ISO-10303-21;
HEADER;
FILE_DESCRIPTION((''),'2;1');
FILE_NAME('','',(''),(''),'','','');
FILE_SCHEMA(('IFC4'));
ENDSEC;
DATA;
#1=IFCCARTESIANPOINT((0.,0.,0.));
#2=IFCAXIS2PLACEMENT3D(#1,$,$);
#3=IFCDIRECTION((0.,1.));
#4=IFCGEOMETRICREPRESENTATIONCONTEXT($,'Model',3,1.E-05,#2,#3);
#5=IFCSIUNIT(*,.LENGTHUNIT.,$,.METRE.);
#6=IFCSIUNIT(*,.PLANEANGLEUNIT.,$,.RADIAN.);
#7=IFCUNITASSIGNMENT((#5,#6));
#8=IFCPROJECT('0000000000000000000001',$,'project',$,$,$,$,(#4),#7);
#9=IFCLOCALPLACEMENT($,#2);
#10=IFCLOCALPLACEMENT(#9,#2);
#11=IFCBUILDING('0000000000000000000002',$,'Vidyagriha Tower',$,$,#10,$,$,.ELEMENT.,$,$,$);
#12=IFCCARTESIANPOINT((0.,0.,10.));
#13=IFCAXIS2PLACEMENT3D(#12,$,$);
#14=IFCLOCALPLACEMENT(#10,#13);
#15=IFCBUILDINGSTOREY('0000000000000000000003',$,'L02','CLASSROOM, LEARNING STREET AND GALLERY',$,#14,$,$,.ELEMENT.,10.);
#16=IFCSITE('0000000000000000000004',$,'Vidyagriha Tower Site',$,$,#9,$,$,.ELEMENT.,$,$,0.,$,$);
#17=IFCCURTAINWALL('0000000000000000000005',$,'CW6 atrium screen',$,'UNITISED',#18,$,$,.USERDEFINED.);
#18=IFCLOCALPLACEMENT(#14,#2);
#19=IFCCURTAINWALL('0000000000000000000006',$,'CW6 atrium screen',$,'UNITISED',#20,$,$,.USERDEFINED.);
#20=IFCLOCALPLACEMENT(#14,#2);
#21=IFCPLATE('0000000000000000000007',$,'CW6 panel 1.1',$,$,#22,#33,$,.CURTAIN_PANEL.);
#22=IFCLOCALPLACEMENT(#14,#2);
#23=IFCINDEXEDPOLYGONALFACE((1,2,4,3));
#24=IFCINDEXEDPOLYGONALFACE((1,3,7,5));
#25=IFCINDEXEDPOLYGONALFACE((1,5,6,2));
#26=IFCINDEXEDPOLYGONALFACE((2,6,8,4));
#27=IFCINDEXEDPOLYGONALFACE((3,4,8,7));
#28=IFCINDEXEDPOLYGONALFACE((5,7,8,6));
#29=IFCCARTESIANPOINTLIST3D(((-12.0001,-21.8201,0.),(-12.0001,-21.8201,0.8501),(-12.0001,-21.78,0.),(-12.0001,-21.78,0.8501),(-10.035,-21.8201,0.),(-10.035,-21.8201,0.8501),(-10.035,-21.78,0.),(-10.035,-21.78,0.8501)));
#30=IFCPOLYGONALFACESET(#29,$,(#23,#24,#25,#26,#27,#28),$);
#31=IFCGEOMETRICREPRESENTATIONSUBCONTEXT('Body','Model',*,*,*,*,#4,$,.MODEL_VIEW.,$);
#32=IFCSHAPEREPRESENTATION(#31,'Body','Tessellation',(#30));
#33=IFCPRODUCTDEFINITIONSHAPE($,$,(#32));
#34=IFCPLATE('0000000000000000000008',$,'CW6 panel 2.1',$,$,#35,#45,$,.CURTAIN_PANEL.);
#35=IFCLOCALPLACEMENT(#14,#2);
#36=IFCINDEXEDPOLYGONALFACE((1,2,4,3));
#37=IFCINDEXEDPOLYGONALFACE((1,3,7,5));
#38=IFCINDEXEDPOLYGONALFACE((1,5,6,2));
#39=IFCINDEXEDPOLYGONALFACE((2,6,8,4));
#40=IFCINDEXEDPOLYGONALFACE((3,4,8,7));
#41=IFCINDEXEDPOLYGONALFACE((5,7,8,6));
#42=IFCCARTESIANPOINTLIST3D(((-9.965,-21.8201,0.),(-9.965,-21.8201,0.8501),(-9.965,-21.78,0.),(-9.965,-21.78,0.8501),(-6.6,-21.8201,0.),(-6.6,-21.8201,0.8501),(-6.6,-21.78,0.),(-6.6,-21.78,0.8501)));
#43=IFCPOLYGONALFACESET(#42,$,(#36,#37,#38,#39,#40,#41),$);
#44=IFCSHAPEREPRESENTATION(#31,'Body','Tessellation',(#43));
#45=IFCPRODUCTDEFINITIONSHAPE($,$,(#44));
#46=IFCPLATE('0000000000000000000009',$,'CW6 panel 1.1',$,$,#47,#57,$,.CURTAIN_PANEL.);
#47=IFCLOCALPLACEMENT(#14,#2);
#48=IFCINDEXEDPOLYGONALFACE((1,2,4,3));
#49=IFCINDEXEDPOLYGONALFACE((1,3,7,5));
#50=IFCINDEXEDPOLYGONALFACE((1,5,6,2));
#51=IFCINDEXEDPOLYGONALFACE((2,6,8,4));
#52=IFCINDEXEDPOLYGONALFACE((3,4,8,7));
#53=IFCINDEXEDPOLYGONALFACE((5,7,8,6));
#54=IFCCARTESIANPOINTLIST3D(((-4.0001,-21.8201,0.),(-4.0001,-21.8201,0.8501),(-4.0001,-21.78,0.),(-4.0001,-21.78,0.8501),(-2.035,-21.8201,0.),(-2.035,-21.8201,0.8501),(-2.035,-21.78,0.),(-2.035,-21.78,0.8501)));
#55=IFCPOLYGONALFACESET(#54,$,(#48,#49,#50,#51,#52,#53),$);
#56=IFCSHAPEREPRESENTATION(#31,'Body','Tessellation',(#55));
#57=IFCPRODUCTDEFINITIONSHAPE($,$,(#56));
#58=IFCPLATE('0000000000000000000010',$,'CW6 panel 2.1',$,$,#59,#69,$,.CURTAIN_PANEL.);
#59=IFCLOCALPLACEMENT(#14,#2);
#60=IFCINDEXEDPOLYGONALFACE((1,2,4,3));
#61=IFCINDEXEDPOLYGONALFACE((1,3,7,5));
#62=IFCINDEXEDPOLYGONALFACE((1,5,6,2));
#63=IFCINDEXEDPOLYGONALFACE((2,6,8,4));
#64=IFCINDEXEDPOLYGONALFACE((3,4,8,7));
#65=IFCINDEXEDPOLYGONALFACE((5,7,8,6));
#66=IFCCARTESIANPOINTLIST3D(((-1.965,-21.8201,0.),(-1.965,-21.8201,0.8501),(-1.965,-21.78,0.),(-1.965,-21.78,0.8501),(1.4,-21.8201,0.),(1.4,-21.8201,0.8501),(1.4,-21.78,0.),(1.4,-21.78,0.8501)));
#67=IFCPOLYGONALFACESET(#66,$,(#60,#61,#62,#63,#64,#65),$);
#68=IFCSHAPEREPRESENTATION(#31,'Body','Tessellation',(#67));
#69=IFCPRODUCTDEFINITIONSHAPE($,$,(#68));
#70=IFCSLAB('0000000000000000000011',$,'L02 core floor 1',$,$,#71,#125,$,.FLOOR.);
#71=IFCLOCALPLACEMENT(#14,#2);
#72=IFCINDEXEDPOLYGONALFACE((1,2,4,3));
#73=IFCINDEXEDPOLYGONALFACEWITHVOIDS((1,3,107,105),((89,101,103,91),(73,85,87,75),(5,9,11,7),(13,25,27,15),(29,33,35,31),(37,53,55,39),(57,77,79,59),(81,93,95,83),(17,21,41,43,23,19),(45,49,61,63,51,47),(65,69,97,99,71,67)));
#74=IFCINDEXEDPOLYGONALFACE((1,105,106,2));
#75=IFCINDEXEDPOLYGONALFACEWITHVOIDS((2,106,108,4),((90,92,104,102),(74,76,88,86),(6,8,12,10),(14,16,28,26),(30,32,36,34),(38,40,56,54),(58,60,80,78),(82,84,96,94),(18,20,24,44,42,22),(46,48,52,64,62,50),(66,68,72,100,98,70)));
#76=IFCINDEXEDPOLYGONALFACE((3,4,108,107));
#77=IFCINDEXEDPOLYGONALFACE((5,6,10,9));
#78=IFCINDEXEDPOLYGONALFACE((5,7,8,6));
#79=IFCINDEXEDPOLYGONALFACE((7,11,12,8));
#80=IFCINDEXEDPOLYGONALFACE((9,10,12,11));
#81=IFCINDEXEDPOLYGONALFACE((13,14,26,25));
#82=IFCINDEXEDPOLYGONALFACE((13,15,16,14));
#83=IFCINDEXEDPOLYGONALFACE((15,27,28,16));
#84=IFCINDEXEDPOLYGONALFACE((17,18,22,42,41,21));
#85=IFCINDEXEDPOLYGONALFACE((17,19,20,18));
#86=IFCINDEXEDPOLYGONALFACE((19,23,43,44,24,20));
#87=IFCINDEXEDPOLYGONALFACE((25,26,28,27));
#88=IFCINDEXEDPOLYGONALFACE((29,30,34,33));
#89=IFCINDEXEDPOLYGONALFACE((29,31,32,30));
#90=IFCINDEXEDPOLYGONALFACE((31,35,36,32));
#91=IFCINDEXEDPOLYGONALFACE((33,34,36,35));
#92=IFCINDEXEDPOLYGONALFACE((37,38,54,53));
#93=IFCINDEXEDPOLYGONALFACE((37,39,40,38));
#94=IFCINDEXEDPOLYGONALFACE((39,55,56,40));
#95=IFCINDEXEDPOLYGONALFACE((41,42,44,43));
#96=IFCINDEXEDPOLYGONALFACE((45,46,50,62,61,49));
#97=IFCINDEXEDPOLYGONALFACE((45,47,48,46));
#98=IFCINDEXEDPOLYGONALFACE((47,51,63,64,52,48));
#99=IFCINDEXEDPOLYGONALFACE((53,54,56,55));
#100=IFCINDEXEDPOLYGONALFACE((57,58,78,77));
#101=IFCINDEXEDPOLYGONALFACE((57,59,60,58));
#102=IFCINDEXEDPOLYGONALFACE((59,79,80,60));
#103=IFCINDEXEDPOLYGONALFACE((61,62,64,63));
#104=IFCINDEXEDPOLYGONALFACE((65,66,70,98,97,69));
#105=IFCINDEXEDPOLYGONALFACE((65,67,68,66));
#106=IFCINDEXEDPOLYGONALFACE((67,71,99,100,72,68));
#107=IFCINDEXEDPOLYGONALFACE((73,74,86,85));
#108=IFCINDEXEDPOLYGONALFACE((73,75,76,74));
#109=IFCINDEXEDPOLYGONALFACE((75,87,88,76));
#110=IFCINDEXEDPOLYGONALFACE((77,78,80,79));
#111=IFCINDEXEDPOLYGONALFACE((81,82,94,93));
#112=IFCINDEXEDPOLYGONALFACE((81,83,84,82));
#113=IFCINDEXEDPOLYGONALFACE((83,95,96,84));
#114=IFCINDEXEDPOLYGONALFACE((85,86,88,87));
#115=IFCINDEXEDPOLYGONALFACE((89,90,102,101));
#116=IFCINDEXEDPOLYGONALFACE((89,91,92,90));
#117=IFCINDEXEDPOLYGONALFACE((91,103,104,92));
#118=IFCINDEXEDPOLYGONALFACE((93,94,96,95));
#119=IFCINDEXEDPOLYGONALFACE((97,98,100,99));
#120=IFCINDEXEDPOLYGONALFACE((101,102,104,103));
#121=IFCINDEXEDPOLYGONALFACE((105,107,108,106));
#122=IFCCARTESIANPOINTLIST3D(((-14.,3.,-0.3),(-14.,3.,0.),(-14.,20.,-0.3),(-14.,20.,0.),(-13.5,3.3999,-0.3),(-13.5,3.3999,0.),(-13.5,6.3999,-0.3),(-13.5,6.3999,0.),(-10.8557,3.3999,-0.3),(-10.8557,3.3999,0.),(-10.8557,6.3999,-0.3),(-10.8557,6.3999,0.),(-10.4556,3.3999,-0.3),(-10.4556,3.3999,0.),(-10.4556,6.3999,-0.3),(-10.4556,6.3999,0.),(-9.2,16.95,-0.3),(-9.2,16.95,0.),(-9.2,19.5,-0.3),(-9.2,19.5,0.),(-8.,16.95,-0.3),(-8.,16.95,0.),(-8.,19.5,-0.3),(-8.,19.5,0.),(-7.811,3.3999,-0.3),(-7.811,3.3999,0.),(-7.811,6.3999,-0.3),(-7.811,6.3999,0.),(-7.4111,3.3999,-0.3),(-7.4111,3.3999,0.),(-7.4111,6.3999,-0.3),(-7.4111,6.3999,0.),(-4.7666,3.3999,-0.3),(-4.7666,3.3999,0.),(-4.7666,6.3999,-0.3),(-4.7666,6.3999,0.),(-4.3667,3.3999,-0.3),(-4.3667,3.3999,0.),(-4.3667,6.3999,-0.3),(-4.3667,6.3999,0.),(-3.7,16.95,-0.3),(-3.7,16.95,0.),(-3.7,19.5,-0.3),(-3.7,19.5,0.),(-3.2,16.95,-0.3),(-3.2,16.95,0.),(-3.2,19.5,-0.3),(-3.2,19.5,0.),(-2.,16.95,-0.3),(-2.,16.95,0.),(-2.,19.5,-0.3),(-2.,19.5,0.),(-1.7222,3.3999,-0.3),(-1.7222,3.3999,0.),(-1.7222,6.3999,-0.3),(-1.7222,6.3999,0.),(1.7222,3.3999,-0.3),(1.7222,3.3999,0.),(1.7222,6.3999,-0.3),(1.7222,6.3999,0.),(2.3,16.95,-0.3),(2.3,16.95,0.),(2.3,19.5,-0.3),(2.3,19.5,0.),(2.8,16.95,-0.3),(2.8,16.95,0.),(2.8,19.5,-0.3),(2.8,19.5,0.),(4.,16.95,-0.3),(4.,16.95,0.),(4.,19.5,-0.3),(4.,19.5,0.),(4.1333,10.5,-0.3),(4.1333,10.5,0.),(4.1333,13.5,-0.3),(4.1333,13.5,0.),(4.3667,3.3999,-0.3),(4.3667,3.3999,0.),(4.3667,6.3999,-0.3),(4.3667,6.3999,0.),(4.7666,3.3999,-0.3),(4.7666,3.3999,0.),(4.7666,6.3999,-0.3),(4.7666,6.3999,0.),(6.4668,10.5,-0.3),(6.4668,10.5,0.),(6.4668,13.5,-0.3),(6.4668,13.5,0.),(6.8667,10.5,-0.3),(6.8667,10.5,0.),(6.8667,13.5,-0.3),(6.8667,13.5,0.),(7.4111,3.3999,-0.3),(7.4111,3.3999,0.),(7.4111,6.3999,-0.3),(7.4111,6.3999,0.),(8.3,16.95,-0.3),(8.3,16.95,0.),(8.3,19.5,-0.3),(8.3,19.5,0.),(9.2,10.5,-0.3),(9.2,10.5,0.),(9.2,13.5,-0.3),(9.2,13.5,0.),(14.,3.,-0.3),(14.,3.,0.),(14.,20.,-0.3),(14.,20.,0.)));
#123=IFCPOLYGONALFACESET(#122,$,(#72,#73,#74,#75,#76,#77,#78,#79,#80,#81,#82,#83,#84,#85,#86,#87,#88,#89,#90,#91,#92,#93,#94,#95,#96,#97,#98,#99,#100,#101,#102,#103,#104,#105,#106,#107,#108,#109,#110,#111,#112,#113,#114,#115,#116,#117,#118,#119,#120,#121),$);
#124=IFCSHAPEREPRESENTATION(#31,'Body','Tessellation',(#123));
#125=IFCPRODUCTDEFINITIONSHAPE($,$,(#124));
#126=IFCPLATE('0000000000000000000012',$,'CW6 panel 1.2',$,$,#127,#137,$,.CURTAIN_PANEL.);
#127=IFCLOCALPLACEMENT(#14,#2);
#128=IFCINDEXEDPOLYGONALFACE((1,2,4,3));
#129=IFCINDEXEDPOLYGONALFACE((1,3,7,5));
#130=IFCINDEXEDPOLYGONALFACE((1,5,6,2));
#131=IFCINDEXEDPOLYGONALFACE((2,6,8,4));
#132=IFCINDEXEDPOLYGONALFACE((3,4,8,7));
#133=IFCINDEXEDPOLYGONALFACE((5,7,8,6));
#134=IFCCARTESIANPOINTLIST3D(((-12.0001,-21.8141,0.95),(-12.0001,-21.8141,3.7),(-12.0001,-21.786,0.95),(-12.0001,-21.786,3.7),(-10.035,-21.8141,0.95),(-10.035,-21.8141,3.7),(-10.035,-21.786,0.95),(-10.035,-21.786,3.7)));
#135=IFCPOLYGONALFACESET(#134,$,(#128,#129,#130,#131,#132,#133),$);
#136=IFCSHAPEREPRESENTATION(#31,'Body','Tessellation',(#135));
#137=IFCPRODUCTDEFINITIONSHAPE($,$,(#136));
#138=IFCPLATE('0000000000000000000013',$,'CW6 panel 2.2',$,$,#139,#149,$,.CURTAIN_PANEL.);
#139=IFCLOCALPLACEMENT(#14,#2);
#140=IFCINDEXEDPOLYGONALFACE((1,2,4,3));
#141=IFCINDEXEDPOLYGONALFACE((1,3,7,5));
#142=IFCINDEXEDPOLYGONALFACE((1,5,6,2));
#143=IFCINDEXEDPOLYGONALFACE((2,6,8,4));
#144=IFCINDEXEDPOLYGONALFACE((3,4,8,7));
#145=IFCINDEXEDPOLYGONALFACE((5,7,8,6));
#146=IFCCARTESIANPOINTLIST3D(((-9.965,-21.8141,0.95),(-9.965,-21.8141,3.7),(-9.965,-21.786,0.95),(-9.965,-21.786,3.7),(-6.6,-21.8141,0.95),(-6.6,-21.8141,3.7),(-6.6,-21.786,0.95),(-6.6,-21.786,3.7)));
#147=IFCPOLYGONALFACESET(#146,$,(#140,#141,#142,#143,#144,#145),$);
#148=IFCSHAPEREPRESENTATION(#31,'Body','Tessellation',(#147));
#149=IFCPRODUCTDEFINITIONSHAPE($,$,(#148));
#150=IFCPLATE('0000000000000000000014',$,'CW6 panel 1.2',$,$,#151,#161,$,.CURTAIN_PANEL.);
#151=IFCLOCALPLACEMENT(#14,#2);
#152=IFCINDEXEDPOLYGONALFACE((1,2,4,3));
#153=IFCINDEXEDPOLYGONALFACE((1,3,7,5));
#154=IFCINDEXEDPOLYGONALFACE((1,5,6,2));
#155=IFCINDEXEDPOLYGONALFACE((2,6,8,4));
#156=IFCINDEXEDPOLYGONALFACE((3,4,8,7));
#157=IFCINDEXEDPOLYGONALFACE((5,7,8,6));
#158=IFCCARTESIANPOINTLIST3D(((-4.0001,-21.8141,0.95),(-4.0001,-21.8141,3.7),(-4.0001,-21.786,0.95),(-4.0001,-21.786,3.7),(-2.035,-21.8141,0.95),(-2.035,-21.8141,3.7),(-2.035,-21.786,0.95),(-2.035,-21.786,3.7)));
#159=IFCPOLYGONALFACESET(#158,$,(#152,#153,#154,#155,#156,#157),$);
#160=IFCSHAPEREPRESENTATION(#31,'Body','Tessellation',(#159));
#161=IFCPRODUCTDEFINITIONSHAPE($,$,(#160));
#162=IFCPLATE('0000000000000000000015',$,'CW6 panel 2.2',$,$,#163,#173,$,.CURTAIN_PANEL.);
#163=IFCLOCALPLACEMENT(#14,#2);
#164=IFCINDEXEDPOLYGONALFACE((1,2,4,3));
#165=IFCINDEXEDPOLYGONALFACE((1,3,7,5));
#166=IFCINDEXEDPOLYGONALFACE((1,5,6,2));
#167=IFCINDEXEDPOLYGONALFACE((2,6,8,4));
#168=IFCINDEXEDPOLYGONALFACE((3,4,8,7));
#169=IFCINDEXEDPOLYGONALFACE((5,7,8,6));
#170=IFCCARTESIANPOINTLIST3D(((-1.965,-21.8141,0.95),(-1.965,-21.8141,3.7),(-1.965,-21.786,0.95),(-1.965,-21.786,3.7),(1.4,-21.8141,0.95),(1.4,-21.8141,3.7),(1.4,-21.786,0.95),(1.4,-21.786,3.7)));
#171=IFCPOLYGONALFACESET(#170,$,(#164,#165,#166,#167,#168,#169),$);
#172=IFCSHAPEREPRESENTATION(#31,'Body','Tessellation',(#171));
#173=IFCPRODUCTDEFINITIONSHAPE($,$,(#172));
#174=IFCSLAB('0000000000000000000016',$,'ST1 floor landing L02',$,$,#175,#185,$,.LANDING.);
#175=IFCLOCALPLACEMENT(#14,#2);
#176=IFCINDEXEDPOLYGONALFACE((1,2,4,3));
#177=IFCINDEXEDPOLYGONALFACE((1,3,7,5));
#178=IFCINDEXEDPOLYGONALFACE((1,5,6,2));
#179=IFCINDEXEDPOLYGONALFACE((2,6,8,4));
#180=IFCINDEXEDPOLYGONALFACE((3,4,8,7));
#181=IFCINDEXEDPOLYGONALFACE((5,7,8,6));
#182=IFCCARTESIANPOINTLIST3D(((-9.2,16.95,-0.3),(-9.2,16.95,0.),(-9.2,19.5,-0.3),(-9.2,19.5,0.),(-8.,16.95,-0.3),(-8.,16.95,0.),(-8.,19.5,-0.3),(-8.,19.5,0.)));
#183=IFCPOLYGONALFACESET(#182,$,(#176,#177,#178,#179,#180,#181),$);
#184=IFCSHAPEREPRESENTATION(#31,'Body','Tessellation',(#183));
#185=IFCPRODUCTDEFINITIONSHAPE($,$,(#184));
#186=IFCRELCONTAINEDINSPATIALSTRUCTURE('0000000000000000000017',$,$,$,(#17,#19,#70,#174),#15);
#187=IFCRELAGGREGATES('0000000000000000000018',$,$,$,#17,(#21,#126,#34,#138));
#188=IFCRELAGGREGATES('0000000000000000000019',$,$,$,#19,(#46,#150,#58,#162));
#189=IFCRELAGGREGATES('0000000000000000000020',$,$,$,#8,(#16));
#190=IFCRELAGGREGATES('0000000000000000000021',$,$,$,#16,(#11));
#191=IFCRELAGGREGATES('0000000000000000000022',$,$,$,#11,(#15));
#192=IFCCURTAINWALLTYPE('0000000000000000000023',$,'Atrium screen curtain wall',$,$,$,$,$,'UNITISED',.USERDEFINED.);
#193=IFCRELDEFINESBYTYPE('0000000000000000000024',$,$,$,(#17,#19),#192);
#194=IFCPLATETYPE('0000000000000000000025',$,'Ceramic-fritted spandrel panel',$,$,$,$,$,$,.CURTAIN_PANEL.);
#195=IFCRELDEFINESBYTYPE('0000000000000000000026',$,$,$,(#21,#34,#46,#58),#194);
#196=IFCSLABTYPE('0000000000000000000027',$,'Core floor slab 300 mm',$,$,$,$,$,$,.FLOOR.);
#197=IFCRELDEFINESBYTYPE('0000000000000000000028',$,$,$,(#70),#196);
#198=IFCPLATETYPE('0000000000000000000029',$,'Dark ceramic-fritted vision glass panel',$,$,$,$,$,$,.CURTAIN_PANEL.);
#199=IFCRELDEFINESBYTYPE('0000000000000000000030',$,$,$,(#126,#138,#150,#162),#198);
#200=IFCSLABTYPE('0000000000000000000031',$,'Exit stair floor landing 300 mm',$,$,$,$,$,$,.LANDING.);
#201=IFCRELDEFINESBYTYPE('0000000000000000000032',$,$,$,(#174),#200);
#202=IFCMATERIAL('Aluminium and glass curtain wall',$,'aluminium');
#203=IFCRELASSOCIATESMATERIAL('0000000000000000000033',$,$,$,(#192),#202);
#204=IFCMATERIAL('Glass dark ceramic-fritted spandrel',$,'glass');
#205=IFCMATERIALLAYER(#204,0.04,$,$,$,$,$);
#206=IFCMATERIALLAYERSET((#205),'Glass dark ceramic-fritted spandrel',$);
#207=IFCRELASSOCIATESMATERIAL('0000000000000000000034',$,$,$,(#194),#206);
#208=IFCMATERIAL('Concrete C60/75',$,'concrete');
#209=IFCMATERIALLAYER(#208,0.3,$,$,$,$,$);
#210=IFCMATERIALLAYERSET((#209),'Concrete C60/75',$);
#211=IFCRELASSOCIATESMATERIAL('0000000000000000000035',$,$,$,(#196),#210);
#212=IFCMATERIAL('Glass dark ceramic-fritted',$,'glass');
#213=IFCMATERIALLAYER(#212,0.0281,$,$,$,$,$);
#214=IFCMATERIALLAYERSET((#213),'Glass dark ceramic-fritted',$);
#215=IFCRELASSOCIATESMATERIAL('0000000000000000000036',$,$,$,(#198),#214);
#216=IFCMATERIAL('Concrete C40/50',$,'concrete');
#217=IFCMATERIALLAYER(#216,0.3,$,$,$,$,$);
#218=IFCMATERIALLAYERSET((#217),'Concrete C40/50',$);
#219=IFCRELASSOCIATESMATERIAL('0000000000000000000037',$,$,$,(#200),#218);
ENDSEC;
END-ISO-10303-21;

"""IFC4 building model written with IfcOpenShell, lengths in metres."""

from ifc_helpers import new_model, si_unit, direction, frame, origin, origin_2d, place, context, subcontext, project, spatial, polyline, rectangle, outline, extrude, material, layer, layer_set, type_object, element, aggregate, save


model = new_model("IFC4")

# Units and contexts
model_context = context("Model", 3, precision=1e-05, world=origin(), true_north=direction((0.0, 1.0)))
body_context = subcontext(model_context, "Body", "Model", "MODEL_VIEW")
ifc_project = project(units=[si_unit("LENGTHUNIT", "METRE"), si_unit("PLANEANGLEUNIT", "RADIAN")], contexts=[model_context])

# Site, building, storey
site_placement = place(None, origin())
site = spatial("IfcSite", under=ifc_project, at=site_placement, Name="Vidyagriha Tower Site", CompositionType="ELEMENT", RefElevation=0.0)
building_placement = place(site_placement, origin())
building = spatial("IfcBuilding", under=site, at=building_placement, Name="Vidyagriha Tower", CompositionType="ELEMENT")
storey_placement = place(building_placement, frame((0.0, 0.0, 10.0)))
storey = spatial("IfcBuildingStorey", under=building, at=storey_placement, Name="L02", Description="CLASSROOM, LEARNING STREET AND GALLERY", CompositionType="ELEMENT", Elevation=10.0)

# Curtain wall
ifc_material_1 = material(Name="Aluminium and glass curtain wall", Category="aluminium")
curtain_wall_type = type_object("IfcCurtainWallType", Name="Atrium screen curtain wall", ElementType="UNITISED", PredefinedType="USERDEFINED", material=ifc_material_1)
curtain_wall_1_placement = place(storey_placement, origin())
curtain_wall_1 = element("IfcCurtainWall", 1, at=curtain_wall_1_placement, inside=storey, type_object=curtain_wall_type, Name="CW6 atrium screen", ObjectType="UNITISED", PredefinedType="USERDEFINED")

# Curtain wall
curtain_wall_2_placement = place(storey_placement, origin())
curtain_wall_2 = element("IfcCurtainWall", 2, at=curtain_wall_2_placement, inside=storey, type_object=curtain_wall_type, Name="CW6 atrium screen", ObjectType="UNITISED", PredefinedType="USERDEFINED")

# Plates
ifc_material_2 = material(Name="Glass dark ceramic-fritted spandrel", Category="glass")
ifc_layer_1 = layer(ifc_material_2, 0.04)
ifc_layer_set_1 = layer_set([ifc_layer_1], Name="Glass dark ceramic-fritted spandrel")
plate_type_1 = type_object("IfcPlateType", Name="Ceramic-fritted spandrel panel", PredefinedType="CURTAIN_PANEL", material=ifc_layer_set_1)
plate_1_placement = place(storey_placement, frame((-11.0176, -21.8, 0.0)))
plate_1 = element("IfcPlate", 3, at=plate_1_placement, type_object=plate_type_1, Name="CW6 panel 1.1", PredefinedType="CURTAIN_PANEL", context=body_context, shape_type="SweptSolid", body=[
    extrude(rectangle(XDim=1.9651, YDim=0.04, at=origin_2d()), origin(), (0.0, 0.0, 1.0), 0.8501),
])
plate_2_placement = place(storey_placement, frame((-8.2825, -21.8, 0.0)))
plate_2 = element("IfcPlate", 4, at=plate_2_placement, type_object=plate_type_1, Name="CW6 panel 2.1", PredefinedType="CURTAIN_PANEL", context=body_context, shape_type="SweptSolid", body=[
    extrude(rectangle(XDim=3.365, YDim=0.04, at=origin_2d()), origin(), (0.0, 0.0, 1.0), 0.8501),
])
plate_3_placement = place(storey_placement, frame((-3.0176, -21.8, 0.0)))
plate_3 = element("IfcPlate", 5, at=plate_3_placement, type_object=plate_type_1, Name="CW6 panel 1.1", PredefinedType="CURTAIN_PANEL", context=body_context, shape_type="SweptSolid", body=[
    extrude(rectangle(XDim=1.9651, YDim=0.04, at=origin_2d()), origin(), (0.0, 0.0, 1.0), 0.8501),
])
plate_4_placement = place(storey_placement, frame((-0.2825, -21.8, 0.0)))
plate_4 = element("IfcPlate", 6, at=plate_4_placement, type_object=plate_type_1, Name="CW6 panel 2.1", PredefinedType="CURTAIN_PANEL", context=body_context, shape_type="SweptSolid", body=[
    extrude(rectangle(XDim=3.365, YDim=0.04, at=origin_2d()), origin(), (0.0, 0.0, 1.0), 0.8501),
])

# Slab
ifc_material_3 = material(Name="Concrete C60/75", Category="concrete")
ifc_layer_2 = layer(ifc_material_3, 0.3)
ifc_layer_set_2 = layer_set([ifc_layer_2], Name="Concrete C60/75")
slab_type_1 = type_object("IfcSlabType", Name="Core floor slab 300 mm", PredefinedType="FLOOR", material=ifc_layer_set_2)
slab_1_placement = place(storey_placement, frame((0.0, 0.0, -0.3)))
element("IfcSlab", 7, at=slab_1_placement, inside=storey, type_object=slab_type_1, Name="L02 core floor 1", PredefinedType="FLOOR", context=body_context, shape_type="SweptSolid", body=[
    extrude(outline(polyline([(-14.0, 3.0), (-14.0, 20.0), (14.0, 20.0), (14.0, 3.0), (-14.0, 3.0)]), holes=[polyline([(9.2, 13.5), (6.8667, 13.5), (6.8667, 10.5), (9.2, 10.5), (9.2, 13.5)]), polyline([(4.0, 19.5), (2.8, 19.5), (2.8, 16.95), (4.0, 16.95), (8.3, 16.95), (8.3, 19.5), (4.0, 19.5)]), polyline([(7.4111, 6.3999), (4.7666, 6.3999), (4.7666, 3.3999), (7.4111, 3.3999), (7.4111, 6.3999)]), polyline([(6.4668, 13.5), (4.1333, 13.5), (4.1333, 10.5), (6.4668, 10.5), (6.4668, 13.5)]), polyline([(1.7222, 6.3999), (1.7222, 3.3999), (4.3667, 3.3999), (4.3667, 6.3999), (1.7222, 6.3999)]), polyline([(-2.0, 16.95), (2.3, 16.95), (2.3, 19.5), (-2.0, 19.5), (-3.2, 19.5), (-3.2, 16.95), (-2.0, 16.95)]), polyline([(-1.7222, 6.3999), (-4.3667, 6.3999), (-4.3667, 3.3999), (-1.7222, 3.3999), (-1.7222, 6.3999)]), polyline([(-8.0, 19.5), (-9.2, 19.5), (-9.2, 16.95), (-8.0, 16.95), (-3.7, 16.95), (-3.7, 19.5), (-8.0, 19.5)]), polyline([(-4.7666, 6.3999), (-7.4111, 6.3999), (-7.4111, 3.3999), (-4.7666, 3.3999), (-4.7666, 6.3999)]), polyline([(-7.811, 6.3999), (-10.4556, 6.3999), (-10.4556, 3.3999), (-7.811, 3.3999), (-7.811, 6.3999)]), polyline([(-13.5, 6.3999), (-13.5, 3.3999), (-10.8557, 3.3999), (-10.8557, 6.3999), (-13.5, 6.3999)])]), origin(), (0.0, 0.0, 1.0), 0.3),
])

# Plates
ifc_material_4 = material(Name="Glass dark ceramic-fritted", Category="glass")
ifc_layer_3 = layer(ifc_material_4, 0.0281)
ifc_layer_set_3 = layer_set([ifc_layer_3], Name="Glass dark ceramic-fritted")
plate_type_2 = type_object("IfcPlateType", Name="Dark ceramic-fritted vision glass panel", PredefinedType="CURTAIN_PANEL", material=ifc_layer_set_3)
plate_5_placement = place(storey_placement, frame((-11.0176, -21.8, 0.95)))
plate_5 = element("IfcPlate", 8, at=plate_5_placement, type_object=plate_type_2, Name="CW6 panel 1.2", PredefinedType="CURTAIN_PANEL", context=body_context, shape_type="SweptSolid", body=[
    extrude(rectangle(XDim=1.9651, YDim=0.0281, at=origin_2d()), origin(), (0.0, 0.0, 1.0), 2.75),
])
plate_6_placement = place(storey_placement, frame((-8.2825, -21.8, 0.95)))
plate_6 = element("IfcPlate", 9, at=plate_6_placement, type_object=plate_type_2, Name="CW6 panel 2.2", PredefinedType="CURTAIN_PANEL", context=body_context, shape_type="SweptSolid", body=[
    extrude(rectangle(XDim=3.365, YDim=0.0281, at=origin_2d()), origin(), (0.0, 0.0, 1.0), 2.75),
])
aggregate(curtain_wall_1, [plate_1, plate_5, plate_2, plate_6])
plate_7_placement = place(storey_placement, frame((-3.0176, -21.8, 0.95)))
plate_7 = element("IfcPlate", 10, at=plate_7_placement, type_object=plate_type_2, Name="CW6 panel 1.2", PredefinedType="CURTAIN_PANEL", context=body_context, shape_type="SweptSolid", body=[
    extrude(rectangle(XDim=1.9651, YDim=0.0281, at=origin_2d()), origin(), (0.0, 0.0, 1.0), 2.75),
])
plate_8_placement = place(storey_placement, frame((-0.2825, -21.8, 0.95)))
plate_8 = element("IfcPlate", 11, at=plate_8_placement, type_object=plate_type_2, Name="CW6 panel 2.2", PredefinedType="CURTAIN_PANEL", context=body_context, shape_type="SweptSolid", body=[
    extrude(rectangle(XDim=3.365, YDim=0.0281, at=origin_2d()), origin(), (0.0, 0.0, 1.0), 2.75),
])
aggregate(curtain_wall_2, [plate_3, plate_7, plate_4, plate_8])

# Slab
ifc_material_5 = material(Name="Concrete C40/50", Category="concrete")
ifc_layer_4 = layer(ifc_material_5, 0.3)
ifc_layer_set_4 = layer_set([ifc_layer_4], Name="Concrete C40/50")
slab_type_2 = type_object("IfcSlabType", Name="Exit stair floor landing 300 mm", PredefinedType="LANDING", material=ifc_layer_set_4)
slab_2_placement = place(storey_placement, frame((0.0, 0.0, -0.3)))
element("IfcSlab", 12, at=slab_2_placement, inside=storey, type_object=slab_type_2, Name="ST1 floor landing L02", PredefinedType="LANDING", context=body_context, shape_type="SweptSolid", body=[
    extrude(outline(polyline([(-9.2, 16.95), (-8.0, 16.95), (-8.0, 19.5), (-9.2, 19.5), (-9.2, 16.95)])), origin(), (0.0, 0.0, 1.0), 0.3),
])

save(model, "model.ifc")
